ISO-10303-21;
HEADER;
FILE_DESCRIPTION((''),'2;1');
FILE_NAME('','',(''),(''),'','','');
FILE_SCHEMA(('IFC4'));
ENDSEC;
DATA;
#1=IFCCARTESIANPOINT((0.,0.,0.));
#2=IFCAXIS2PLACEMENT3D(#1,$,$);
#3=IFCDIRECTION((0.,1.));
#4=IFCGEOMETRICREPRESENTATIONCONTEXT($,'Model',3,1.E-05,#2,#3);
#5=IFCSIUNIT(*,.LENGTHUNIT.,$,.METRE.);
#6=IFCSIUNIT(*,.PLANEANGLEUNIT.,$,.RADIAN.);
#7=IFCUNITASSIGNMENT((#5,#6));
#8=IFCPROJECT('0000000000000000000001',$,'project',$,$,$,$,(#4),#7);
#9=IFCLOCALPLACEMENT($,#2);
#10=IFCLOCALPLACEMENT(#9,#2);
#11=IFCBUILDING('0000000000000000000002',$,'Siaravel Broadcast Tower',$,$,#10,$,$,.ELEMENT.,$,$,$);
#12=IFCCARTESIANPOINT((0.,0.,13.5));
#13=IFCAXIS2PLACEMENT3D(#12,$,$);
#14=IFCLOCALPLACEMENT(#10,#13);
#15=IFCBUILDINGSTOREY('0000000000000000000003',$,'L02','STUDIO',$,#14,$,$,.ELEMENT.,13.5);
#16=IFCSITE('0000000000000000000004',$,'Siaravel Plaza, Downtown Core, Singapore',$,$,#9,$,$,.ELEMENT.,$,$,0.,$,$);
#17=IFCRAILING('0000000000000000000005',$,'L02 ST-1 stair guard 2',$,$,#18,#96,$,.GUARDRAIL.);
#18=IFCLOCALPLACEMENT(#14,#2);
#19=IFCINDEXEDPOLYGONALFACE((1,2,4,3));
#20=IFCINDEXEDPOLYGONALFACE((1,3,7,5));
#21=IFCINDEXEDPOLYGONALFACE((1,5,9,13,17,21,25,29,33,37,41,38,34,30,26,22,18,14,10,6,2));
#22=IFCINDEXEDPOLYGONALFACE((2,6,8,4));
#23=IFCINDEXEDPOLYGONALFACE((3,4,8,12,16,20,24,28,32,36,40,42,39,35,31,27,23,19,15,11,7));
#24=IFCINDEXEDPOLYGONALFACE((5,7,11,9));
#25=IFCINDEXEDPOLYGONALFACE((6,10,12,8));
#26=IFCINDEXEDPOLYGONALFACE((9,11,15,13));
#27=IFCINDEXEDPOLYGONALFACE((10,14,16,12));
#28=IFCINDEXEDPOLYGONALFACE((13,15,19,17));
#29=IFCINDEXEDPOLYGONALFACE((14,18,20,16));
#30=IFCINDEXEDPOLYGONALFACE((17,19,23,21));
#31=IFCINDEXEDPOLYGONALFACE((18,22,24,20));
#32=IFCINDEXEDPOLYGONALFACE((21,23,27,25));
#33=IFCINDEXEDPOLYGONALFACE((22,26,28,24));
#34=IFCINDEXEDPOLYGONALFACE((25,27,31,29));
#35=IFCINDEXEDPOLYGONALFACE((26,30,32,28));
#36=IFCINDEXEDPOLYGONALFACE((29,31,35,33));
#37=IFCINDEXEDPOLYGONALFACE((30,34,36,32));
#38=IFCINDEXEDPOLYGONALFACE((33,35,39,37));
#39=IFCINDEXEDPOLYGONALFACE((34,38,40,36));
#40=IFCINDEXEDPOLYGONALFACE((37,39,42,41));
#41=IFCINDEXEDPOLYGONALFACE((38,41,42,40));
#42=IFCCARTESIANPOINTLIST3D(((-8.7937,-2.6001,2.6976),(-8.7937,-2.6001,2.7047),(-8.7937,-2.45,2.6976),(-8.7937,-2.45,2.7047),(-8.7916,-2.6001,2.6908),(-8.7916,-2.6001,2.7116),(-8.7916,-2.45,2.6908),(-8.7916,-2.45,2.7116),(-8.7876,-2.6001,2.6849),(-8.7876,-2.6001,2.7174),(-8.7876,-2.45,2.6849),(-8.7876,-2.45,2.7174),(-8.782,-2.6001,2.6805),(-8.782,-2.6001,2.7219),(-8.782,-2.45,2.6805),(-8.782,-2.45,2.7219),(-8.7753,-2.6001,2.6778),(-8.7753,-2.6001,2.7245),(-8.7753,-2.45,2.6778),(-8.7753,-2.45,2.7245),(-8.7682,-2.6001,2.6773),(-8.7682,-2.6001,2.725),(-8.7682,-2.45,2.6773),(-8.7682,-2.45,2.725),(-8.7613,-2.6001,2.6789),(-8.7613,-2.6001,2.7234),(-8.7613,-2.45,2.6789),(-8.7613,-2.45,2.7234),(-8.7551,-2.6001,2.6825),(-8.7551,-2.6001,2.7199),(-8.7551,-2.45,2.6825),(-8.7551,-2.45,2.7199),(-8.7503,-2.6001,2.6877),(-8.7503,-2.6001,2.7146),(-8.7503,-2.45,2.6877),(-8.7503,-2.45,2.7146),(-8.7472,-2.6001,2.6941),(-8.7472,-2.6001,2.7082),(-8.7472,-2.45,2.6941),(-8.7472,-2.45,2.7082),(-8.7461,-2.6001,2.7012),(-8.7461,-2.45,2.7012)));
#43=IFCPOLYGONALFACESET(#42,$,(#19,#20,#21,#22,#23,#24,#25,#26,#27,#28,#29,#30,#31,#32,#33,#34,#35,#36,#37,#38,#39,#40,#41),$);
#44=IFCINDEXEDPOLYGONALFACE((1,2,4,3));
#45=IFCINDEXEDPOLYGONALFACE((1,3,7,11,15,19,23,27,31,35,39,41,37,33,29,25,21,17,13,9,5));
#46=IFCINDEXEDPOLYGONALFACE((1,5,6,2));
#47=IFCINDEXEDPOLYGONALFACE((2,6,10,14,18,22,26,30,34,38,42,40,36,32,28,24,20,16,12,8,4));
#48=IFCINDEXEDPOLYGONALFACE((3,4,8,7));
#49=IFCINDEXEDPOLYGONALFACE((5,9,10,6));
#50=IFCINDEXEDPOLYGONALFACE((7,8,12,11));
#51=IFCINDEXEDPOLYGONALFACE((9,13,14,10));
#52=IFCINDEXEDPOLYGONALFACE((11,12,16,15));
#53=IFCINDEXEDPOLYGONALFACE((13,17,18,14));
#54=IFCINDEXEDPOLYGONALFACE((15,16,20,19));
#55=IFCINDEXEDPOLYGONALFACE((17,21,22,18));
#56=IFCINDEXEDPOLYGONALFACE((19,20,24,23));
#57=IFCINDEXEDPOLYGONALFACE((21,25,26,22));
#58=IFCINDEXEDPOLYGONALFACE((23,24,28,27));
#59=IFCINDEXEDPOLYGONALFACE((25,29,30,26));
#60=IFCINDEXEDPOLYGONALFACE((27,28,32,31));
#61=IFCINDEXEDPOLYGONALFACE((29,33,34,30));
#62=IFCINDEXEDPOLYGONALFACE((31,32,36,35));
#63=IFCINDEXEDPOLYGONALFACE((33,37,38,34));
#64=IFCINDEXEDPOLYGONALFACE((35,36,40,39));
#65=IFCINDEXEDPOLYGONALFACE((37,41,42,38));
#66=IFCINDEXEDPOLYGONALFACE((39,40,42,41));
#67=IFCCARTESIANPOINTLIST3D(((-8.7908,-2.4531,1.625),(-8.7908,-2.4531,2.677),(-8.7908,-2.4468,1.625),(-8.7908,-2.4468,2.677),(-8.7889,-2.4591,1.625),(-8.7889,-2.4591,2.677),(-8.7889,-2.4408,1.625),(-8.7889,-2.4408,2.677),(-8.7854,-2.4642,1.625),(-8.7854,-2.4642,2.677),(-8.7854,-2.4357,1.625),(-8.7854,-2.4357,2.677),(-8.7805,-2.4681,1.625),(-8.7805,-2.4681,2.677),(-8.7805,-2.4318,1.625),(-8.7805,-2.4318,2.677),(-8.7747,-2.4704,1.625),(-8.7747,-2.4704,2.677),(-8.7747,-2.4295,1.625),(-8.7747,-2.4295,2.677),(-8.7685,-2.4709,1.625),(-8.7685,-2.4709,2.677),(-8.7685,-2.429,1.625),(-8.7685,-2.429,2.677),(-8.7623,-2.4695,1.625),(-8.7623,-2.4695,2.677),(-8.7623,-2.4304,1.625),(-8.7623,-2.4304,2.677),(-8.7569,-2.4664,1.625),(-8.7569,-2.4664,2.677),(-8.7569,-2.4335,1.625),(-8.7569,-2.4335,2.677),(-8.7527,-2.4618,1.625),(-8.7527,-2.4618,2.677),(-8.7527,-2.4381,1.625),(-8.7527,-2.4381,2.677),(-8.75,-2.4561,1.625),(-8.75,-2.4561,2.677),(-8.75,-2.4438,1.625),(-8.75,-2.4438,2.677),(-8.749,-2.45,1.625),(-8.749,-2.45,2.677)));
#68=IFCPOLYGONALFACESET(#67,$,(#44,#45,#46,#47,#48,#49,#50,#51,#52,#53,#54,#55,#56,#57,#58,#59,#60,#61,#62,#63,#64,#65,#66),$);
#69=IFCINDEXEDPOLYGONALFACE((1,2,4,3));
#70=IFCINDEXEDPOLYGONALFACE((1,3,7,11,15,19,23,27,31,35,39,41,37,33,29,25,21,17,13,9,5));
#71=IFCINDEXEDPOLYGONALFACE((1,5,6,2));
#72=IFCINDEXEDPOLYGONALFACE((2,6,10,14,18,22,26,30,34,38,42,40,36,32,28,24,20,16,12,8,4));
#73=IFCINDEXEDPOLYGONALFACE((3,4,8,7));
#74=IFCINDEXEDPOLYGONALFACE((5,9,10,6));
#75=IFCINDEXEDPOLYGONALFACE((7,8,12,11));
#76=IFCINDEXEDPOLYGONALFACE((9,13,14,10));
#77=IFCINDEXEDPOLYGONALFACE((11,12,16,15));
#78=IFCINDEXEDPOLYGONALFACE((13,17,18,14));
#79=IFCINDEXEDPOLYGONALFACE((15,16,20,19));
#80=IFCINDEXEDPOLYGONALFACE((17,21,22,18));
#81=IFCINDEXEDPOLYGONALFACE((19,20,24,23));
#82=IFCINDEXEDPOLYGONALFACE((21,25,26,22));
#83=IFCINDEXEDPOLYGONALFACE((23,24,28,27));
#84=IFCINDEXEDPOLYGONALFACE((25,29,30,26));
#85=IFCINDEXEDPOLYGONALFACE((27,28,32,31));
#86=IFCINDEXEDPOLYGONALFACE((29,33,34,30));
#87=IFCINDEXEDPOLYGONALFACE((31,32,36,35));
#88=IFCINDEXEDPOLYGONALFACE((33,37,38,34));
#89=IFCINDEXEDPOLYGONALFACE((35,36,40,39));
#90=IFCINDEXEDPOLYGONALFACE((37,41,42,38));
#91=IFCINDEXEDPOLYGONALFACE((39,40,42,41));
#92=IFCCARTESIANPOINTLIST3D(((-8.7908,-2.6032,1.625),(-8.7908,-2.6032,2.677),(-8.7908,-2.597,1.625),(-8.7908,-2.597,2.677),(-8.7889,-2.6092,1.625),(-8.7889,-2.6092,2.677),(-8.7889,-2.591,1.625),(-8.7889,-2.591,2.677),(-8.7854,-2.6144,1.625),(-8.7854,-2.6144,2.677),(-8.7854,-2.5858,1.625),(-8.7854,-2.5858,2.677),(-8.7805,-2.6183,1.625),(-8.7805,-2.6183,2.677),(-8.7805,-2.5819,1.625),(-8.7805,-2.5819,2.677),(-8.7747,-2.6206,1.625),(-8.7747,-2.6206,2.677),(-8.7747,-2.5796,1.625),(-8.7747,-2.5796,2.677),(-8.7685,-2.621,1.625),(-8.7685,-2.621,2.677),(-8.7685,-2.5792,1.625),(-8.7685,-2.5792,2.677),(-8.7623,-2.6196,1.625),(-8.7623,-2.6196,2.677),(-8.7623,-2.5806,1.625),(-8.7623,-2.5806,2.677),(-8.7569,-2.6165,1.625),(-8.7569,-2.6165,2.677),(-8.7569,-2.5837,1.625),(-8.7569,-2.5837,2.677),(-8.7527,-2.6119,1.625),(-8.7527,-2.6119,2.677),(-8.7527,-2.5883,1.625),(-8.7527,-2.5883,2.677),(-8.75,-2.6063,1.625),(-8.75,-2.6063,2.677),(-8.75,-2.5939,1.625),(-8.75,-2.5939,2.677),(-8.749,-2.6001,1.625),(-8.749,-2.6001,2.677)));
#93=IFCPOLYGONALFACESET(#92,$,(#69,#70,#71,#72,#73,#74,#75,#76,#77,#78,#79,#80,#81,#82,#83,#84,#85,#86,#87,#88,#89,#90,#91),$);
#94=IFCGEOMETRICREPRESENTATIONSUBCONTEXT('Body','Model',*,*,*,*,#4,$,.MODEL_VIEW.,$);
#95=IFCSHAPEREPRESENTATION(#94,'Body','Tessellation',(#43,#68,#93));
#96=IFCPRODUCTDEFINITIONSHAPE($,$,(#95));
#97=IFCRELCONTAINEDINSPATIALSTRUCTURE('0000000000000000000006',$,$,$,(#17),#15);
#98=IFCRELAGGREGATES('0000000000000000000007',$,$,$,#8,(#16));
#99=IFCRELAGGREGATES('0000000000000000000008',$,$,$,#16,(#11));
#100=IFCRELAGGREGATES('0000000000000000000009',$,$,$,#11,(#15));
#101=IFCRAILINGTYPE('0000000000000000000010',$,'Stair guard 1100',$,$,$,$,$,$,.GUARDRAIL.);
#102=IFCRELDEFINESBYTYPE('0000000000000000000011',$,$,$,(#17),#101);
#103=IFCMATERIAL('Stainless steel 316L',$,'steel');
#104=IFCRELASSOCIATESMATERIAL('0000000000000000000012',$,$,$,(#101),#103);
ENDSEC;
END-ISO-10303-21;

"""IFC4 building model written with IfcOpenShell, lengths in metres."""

from ifc_helpers import new_model, si_unit, direction, frame, origin, origin_2d, place, context, subcontext, project, spatial, circle, extrude, material, type_object, element, save


model = new_model("IFC4")

# Units and contexts
model_context = context("Model", 3, precision=1e-05, world=origin(), true_north=direction((0.0, 1.0)))
body_context = subcontext(model_context, "Body", "Model", "MODEL_VIEW")
ifc_project = project(units=[si_unit("LENGTHUNIT", "METRE"), si_unit("PLANEANGLEUNIT", "RADIAN")], contexts=[model_context])

# Site, building, storey
site_placement = place(None, origin())
site = spatial("IfcSite", under=ifc_project, at=site_placement, Name="Siaravel Plaza, Downtown Core, Singapore", CompositionType="ELEMENT", RefElevation=0.0)
building_placement = place(site_placement, origin())
building = spatial("IfcBuilding", under=site, at=building_placement, Name="Siaravel Broadcast Tower", CompositionType="ELEMENT")
storey_placement = place(building_placement, frame((0.0, 0.0, 13.5)))
storey = spatial("IfcBuildingStorey", under=building, at=storey_placement, Name="L02", Description="STUDIO", CompositionType="ELEMENT", Elevation=13.5)

# Railing
ifc_material_1 = material(Name="Stainless steel 316L", Category="steel")
railing_type_1 = type_object("IfcRailingType", Name="Stair guard 1100", PredefinedType="GUARDRAIL", material=ifc_material_1)
railing_1_placement = place(storey_placement, frame((-8.77, -2.45, 1.625)))
element("IfcRailing", 1, at=railing_1_placement, inside=storey, type_object=railing_type_1, Name="L02 ST-1 stair guard 2", PredefinedType="GUARDRAIL", context=body_context, shape_type="SweptSolid", body=[
    extrude(circle(Radius=0.0239, at=origin_2d()), frame((0.0, 0.0, 1.0762), z_axis=(0.0, -1.0, 0.0), x_axis=(1.0, 0.0, 0.0)), (0.0, 0.0, 1.0), 0.1501),
    extrude(circle(Radius=0.021, at=origin_2d()), origin(), (0.0, 0.0, 1.0), 1.052),
    extrude(circle(Radius=0.021, at=origin_2d()), frame((0.0, -0.1501, 0.0)), (0.0, 0.0, 1.0), 1.052),
])

save(model, "model.ifc")
